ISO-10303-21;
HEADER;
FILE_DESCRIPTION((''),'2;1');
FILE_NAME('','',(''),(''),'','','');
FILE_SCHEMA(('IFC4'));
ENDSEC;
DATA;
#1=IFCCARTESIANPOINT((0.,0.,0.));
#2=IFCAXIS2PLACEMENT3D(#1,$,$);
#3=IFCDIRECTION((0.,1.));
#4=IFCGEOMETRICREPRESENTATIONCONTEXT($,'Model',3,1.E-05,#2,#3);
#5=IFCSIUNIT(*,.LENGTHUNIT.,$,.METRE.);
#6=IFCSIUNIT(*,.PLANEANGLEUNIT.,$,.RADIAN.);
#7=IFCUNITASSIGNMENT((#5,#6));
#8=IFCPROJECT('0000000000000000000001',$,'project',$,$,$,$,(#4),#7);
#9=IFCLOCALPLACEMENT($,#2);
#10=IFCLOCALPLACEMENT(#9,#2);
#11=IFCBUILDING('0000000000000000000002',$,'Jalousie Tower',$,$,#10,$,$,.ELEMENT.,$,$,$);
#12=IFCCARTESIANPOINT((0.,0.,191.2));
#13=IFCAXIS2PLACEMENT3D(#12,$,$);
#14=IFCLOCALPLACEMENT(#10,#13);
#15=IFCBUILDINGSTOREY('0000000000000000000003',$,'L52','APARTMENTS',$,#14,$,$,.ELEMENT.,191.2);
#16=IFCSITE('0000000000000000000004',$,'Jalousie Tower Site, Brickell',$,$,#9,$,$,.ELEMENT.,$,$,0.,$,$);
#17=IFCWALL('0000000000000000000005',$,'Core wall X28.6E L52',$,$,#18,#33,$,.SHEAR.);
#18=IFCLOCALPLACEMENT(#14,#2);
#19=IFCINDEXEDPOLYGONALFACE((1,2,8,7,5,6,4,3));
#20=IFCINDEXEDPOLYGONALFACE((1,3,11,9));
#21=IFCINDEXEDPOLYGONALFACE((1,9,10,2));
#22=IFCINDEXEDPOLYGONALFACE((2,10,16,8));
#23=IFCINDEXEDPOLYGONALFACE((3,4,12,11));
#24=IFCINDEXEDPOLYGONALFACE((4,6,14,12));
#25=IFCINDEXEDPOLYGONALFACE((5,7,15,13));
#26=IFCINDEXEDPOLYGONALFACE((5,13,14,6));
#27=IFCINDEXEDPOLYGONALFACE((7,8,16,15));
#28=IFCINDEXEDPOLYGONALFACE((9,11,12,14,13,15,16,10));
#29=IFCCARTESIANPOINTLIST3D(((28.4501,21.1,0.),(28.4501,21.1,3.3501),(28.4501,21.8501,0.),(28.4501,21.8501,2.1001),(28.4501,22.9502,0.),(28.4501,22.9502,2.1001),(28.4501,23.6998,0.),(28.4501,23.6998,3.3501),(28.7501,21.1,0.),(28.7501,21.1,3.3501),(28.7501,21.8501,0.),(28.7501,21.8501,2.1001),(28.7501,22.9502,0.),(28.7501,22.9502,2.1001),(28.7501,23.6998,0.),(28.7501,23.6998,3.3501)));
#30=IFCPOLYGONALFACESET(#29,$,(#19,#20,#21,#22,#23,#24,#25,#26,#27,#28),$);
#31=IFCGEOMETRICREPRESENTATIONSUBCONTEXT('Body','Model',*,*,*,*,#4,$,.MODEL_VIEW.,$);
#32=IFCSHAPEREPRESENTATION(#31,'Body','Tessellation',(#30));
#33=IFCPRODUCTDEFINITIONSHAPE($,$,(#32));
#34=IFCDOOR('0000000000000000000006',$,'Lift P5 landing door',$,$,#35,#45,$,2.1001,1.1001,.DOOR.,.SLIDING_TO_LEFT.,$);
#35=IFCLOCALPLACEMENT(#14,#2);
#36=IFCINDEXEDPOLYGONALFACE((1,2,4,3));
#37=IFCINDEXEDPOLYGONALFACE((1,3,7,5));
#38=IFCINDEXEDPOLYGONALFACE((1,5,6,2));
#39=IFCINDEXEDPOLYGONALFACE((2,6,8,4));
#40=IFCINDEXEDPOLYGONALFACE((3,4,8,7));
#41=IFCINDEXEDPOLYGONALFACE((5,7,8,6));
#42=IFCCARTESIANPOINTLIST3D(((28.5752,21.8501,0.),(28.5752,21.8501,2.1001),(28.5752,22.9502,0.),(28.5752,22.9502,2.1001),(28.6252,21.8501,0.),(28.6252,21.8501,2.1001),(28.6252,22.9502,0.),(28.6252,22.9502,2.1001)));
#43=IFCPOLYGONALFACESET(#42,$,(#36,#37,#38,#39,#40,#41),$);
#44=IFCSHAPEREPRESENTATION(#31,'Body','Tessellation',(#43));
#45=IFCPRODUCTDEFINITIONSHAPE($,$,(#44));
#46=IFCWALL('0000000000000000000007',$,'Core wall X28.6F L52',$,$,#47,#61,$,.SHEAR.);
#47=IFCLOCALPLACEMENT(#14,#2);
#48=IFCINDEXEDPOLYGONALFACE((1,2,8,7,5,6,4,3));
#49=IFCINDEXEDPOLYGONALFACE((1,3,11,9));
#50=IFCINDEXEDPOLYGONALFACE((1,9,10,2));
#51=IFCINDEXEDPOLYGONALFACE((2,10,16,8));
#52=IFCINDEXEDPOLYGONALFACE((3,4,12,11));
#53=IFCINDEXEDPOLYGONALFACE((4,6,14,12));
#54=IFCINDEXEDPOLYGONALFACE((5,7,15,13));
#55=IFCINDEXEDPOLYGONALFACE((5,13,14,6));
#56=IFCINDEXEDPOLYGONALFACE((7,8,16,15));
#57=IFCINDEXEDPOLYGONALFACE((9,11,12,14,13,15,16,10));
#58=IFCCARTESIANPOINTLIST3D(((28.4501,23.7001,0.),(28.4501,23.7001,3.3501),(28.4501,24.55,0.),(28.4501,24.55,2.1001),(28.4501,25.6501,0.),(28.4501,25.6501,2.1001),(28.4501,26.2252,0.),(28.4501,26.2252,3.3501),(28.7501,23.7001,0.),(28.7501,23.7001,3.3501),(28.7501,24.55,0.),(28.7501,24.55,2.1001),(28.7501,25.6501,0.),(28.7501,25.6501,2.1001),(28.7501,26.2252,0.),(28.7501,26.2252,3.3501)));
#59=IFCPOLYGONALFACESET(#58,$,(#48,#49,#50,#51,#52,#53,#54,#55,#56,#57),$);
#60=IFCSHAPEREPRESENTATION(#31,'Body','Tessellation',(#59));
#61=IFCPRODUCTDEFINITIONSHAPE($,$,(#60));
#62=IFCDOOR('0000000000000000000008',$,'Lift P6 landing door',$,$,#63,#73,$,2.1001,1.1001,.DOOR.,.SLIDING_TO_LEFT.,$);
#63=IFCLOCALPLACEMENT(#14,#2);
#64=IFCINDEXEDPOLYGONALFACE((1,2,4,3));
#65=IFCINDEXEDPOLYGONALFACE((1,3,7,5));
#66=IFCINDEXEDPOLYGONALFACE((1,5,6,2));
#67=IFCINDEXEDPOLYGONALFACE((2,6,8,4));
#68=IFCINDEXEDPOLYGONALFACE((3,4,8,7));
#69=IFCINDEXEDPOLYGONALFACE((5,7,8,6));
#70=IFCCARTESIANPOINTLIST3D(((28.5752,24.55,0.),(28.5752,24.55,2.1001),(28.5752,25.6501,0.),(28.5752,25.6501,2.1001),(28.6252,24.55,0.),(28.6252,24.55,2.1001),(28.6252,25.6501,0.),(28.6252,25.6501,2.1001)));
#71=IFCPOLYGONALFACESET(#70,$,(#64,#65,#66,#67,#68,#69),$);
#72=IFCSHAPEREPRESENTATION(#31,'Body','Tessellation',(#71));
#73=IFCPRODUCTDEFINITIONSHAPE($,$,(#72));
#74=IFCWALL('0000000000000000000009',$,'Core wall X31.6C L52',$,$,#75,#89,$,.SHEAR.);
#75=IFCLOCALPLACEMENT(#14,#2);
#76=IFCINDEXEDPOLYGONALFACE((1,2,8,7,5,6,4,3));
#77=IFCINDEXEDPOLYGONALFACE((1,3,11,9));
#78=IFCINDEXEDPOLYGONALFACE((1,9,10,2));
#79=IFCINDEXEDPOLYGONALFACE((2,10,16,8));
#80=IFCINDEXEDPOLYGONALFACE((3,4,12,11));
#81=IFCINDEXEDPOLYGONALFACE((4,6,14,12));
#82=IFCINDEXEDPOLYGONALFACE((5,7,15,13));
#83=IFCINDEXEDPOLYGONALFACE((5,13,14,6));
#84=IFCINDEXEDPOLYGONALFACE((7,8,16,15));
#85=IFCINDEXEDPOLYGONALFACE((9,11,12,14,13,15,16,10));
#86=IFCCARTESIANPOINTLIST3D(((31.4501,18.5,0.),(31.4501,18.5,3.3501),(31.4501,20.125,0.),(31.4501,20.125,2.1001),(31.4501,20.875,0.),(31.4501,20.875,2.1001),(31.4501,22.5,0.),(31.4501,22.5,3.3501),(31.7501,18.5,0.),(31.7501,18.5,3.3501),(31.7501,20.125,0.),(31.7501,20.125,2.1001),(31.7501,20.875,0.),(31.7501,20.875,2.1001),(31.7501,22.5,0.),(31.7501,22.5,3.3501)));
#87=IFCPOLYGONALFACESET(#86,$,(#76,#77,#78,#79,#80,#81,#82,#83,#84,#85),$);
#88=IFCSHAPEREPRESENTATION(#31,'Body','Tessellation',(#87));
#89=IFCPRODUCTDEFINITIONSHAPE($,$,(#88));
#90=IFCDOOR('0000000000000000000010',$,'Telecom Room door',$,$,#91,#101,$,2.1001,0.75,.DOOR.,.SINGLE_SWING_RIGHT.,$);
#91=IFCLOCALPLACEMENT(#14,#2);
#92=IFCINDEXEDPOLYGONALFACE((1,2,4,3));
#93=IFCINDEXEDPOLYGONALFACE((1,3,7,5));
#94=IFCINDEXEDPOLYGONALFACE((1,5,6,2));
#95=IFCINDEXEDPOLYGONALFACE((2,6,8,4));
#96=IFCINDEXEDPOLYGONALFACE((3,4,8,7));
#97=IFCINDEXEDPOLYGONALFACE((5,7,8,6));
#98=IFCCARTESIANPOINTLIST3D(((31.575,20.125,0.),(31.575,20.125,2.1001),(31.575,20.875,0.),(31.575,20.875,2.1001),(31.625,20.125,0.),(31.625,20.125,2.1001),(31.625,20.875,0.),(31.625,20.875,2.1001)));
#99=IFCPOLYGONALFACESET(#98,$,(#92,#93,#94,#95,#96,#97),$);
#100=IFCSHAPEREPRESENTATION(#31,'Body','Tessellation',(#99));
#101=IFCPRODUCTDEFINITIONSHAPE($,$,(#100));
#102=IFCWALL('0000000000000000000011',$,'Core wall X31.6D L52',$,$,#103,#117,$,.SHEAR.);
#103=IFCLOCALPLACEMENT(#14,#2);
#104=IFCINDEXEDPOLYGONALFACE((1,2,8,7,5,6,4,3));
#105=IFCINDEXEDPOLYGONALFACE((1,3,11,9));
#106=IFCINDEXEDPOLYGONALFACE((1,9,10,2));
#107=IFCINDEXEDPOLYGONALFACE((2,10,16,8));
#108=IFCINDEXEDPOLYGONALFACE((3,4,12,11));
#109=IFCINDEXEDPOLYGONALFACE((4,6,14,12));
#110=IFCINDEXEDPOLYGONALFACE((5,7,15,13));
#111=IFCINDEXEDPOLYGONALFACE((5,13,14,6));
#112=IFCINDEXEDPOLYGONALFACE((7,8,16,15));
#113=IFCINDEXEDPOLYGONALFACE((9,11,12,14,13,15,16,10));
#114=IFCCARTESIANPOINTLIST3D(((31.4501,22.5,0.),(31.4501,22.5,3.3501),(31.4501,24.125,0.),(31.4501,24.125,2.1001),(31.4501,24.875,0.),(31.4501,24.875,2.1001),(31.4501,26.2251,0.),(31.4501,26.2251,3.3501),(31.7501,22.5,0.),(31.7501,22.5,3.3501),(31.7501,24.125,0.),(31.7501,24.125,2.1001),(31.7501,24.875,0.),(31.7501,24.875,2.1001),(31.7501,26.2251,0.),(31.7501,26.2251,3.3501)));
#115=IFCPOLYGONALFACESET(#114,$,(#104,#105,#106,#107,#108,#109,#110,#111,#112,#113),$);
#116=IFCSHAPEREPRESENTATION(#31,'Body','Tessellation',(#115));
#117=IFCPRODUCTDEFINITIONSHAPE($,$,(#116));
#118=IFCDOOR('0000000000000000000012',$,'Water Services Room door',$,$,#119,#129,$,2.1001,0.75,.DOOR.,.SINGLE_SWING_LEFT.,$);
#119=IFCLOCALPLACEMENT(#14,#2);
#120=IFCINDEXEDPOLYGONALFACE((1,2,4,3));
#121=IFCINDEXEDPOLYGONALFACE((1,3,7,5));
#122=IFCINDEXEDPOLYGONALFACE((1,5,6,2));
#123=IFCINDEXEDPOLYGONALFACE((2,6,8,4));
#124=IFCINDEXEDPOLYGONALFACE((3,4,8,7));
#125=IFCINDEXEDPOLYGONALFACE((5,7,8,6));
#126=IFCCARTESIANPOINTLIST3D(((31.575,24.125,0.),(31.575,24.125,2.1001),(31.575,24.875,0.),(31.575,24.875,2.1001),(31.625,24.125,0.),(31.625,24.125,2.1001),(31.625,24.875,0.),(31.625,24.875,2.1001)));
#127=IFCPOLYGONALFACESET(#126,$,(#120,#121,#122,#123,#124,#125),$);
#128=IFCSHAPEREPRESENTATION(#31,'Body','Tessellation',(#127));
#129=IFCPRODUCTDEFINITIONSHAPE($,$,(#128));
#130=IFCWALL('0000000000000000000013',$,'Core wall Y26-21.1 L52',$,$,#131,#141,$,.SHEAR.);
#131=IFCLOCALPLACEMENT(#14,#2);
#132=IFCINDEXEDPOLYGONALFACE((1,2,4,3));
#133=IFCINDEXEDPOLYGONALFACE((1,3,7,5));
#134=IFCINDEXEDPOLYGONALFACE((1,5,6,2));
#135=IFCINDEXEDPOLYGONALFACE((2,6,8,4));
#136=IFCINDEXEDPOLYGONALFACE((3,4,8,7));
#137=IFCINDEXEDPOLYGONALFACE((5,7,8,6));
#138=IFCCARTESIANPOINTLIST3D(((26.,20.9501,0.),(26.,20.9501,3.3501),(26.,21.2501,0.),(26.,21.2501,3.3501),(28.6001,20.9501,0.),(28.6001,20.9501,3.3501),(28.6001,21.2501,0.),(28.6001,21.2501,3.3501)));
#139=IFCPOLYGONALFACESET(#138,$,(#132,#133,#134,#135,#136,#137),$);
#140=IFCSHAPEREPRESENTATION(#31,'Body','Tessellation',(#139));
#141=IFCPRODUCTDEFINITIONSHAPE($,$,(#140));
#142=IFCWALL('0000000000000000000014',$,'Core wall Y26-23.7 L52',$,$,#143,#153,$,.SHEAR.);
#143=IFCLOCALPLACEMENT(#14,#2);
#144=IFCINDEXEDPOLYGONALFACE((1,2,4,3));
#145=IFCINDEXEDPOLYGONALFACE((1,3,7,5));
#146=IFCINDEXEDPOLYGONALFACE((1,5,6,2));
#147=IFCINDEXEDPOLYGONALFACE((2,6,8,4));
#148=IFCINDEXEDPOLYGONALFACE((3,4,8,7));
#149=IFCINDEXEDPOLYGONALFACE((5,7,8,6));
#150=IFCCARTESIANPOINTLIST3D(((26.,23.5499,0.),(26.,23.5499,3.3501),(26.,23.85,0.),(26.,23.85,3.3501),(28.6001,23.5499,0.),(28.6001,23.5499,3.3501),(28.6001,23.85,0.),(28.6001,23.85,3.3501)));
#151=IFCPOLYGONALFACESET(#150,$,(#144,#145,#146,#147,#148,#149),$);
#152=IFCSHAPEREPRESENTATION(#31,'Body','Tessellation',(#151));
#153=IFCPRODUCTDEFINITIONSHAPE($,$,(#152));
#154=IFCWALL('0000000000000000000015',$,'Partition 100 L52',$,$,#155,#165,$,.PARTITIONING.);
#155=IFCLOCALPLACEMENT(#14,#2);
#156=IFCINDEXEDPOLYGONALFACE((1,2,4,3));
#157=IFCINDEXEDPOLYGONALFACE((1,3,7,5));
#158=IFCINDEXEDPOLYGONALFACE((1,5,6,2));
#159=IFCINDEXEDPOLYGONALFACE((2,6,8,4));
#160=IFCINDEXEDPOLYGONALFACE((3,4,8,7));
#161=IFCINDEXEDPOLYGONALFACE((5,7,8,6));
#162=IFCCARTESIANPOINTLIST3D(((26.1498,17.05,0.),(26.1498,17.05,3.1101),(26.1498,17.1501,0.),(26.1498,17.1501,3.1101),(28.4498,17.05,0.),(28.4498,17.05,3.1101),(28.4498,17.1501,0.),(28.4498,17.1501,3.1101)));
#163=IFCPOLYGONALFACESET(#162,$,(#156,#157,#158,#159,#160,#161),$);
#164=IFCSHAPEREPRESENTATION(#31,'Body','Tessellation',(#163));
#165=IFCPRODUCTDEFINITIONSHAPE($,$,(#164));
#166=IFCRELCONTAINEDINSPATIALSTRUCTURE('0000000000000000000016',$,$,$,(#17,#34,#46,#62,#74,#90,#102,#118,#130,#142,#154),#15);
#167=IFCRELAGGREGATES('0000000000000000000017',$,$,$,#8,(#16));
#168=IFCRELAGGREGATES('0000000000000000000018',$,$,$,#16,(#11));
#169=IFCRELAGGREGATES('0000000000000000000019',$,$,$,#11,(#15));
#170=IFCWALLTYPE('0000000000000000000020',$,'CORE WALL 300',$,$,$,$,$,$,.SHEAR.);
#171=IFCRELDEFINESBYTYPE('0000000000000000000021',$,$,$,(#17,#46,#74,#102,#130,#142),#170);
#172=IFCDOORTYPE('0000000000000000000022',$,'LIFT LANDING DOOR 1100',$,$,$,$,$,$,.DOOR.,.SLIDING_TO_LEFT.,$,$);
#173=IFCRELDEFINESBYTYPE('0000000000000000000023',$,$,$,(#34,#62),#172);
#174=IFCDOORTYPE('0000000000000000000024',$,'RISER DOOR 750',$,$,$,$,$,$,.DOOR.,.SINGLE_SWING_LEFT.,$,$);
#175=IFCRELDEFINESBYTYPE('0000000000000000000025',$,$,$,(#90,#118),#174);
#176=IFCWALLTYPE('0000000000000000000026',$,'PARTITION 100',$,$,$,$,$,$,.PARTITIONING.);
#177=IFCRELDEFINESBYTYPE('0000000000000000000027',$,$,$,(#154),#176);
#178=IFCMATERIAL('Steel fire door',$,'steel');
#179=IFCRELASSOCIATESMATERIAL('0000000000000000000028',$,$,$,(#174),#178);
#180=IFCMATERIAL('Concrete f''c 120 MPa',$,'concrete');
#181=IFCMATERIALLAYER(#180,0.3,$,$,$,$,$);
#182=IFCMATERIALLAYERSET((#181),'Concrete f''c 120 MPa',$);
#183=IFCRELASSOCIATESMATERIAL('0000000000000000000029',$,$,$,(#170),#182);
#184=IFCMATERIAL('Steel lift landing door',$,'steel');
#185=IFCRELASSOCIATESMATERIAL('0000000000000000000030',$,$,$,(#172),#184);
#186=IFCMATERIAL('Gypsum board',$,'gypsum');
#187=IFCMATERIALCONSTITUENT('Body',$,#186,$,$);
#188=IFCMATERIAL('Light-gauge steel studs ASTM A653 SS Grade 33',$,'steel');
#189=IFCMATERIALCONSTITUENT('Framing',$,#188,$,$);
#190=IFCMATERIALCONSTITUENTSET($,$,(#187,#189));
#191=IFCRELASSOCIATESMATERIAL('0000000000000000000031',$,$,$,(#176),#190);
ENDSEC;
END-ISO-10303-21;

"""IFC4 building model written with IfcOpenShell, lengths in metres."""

from ifc_helpers import new_model, si_unit, direction, frame, frame_2d, origin, place, context, subcontext, project, spatial, rectangle, extrude, material, layer, layer_set, constituent, constituent_set, type_object, element, fill, save


model = new_model("IFC4")

# Units and contexts
model_context = context("Model", 3, precision=1e-05, world=origin(), true_north=direction((0.0, 1.0)))
body_context = subcontext(model_context, "Body", "Model", "MODEL_VIEW")
ifc_project = project(units=[si_unit("LENGTHUNIT", "METRE"), si_unit("PLANEANGLEUNIT", "RADIAN")], contexts=[model_context])

# Site, building, storey
site_placement = place(None, origin())
site = spatial("IfcSite", under=ifc_project, at=site_placement, Name="Jalousie Tower Site, Brickell", CompositionType="ELEMENT", RefElevation=0.0)
building_placement = place(site_placement, origin())
building = spatial("IfcBuilding", under=site, at=building_placement, Name="Jalousie Tower", CompositionType="ELEMENT")
storey_placement = place(building_placement, frame((0.0, 0.0, 191.2)))
storey = spatial("IfcBuildingStorey", under=building, at=storey_placement, Name="L52", Description="APARTMENTS", CompositionType="ELEMENT", Elevation=191.2)

# Shared definitions
ifc_material_1 = material(Name="Steel fire door", Category="steel")
door_type_1 = type_object("IfcDoorType", Name="RISER DOOR 750", OperationType="SINGLE_SWING_LEFT", PredefinedType="DOOR", material=ifc_material_1)

# Shared definitions
ifc_material_2 = material(Name="Concrete f'c 120 MPa", Category="concrete")
ifc_layer_1 = layer(ifc_material_2, 0.3)
ifc_layer_set_1 = layer_set([ifc_layer_1], Name="Concrete f'c 120 MPa")
wall_type_1 = type_object("IfcWallType", Name="CORE WALL 300", PredefinedType="SHEAR", material=ifc_layer_set_1)

# Walls, openings, doors
ifc_material_3 = material(Name="Steel lift landing door", Category="steel")
door_type_2 = type_object("IfcDoorType", Name="LIFT LANDING DOOR 1100", OperationType="SLIDING_TO_LEFT", PredefinedType="DOOR", material=ifc_material_3)
wall_1_placement = place(storey_placement, frame((28.6001, 21.1001, 0.0), z_axis=(0.0, 0.0, 1.0), x_axis=(0.0, 1.0, 0.0)))
wall_1 = element("IfcWall", 1, at=wall_1_placement, inside=storey, type_object=wall_type_1, Name="Core wall X28.6E L52", PredefinedType="SHEAR", context=body_context, shape_type="SweptSolid", body=[
    extrude(rectangle(XDim=2.5999, YDim=0.3, at=frame_2d((1.2998, 0.0))), origin(), (0.0, 0.0, 1.0), 3.3501),
])
opening_1_placement = place(wall_1_placement, frame((0.75, 0.0, 0.0)))
opening_1 = element("IfcOpeningElement", 2, at=opening_1_placement, cuts=wall_1, PredefinedType="OPENING", context=body_context, shape_type="SweptSolid", body=[
    extrude(rectangle(XDim=1.1001, YDim=2.1001, at=frame_2d((0.55, 1.05))), frame((0.0, 0.1599, 0.0), z_axis=(0.0, -1.0, 0.0), x_axis=(1.0, 0.0, 0.0)), (0.0, 0.0, 1.0), 0.3201),
])
door_1_placement = place(opening_1_placement, origin())
door_1 = element("IfcDoor", 3, at=door_1_placement, inside=storey, type_object=door_type_2, Name="Lift P5 landing door", OperationType="SLIDING_TO_LEFT", OverallHeight=2.1001, OverallWidth=1.1001, PredefinedType="DOOR", context=body_context, shape_type="SweptSolid", body=[
    extrude(rectangle(XDim=1.1001, YDim=2.1001, at=frame_2d((0.55, 1.05))), frame((0.0, 0.0249, 0.0), z_axis=(0.0, -1.0, 0.0), x_axis=(1.0, 0.0, 0.0)), (0.0, 0.0, 1.0), 0.05),
])
fill(opening_1, door_1)
wall_2_placement = place(storey_placement, frame((28.6001, 23.7, 0.0), z_axis=(0.0, 0.0, 1.0), x_axis=(0.0, 1.0, 0.0)))
wall_2 = element("IfcWall", 4, at=wall_2_placement, inside=storey, type_object=wall_type_1, Name="Core wall X28.6F L52", PredefinedType="SHEAR", context=body_context, shape_type="SweptSolid", body=[
    extrude(rectangle(XDim=2.5251, YDim=0.3, at=frame_2d((1.2627, 0.0))), origin(), (0.0, 0.0, 1.0), 3.3501),
])
opening_2_placement = place(wall_2_placement, frame((0.8501, 0.0, 0.0)))
opening_2 = element("IfcOpeningElement", 5, at=opening_2_placement, cuts=wall_2, PredefinedType="OPENING", context=body_context, shape_type="SweptSolid", body=[
    extrude(rectangle(XDim=1.1001, YDim=2.1001, at=frame_2d((0.55, 1.05))), frame((0.0, 0.1599, 0.0), z_axis=(0.0, -1.0, 0.0), x_axis=(1.0, 0.0, 0.0)), (0.0, 0.0, 1.0), 0.3201),
])
door_2_placement = place(opening_2_placement, origin())
door_2 = element("IfcDoor", 6, at=door_2_placement, inside=storey, type_object=door_type_2, Name="Lift P6 landing door", OperationType="SLIDING_TO_LEFT", OverallHeight=2.1001, OverallWidth=1.1001, PredefinedType="DOOR", context=body_context, shape_type="SweptSolid", body=[
    extrude(rectangle(XDim=1.1001, YDim=2.1001, at=frame_2d((0.55, 1.05))), frame((0.0, 0.0249, 0.0), z_axis=(0.0, -1.0, 0.0), x_axis=(1.0, 0.0, 0.0)), (0.0, 0.0, 1.0), 0.05),
])
fill(opening_2, door_2)
wall_3_placement = place(storey_placement, frame((31.6001, 18.5, 0.0), z_axis=(0.0, 0.0, 1.0), x_axis=(0.0, 1.0, 0.0)))
wall_3 = element("IfcWall", 7, at=wall_3_placement, inside=storey, type_object=wall_type_1, Name="Core wall X31.6C L52", PredefinedType="SHEAR", context=body_context, shape_type="SweptSolid", body=[
    extrude(rectangle(XDim=4.0, YDim=0.3, at=frame_2d((2.0, 0.0))), origin(), (0.0, 0.0, 1.0), 3.3501),
])
opening_3_placement = place(wall_3_placement, frame((1.625, 0.0, 0.0)))
opening_3 = element("IfcOpeningElement", 8, at=opening_3_placement, cuts=wall_3, PredefinedType="OPENING", context=body_context, shape_type="SweptSolid", body=[
    extrude(rectangle(XDim=0.75, YDim=2.1001, at=frame_2d((0.375, 1.05))), frame((0.0, 0.1599, 0.0), z_axis=(0.0, -1.0, 0.0), x_axis=(1.0, 0.0, 0.0)), (0.0, 0.0, 1.0), 0.3201),
])
door_3_placement = place(opening_3_placement, frame((0.75, 0.0, 0.0), z_axis=(0.0, 0.0, 1.0), x_axis=(-1.0, 0.0, 0.0)))
door_3 = element("IfcDoor", 9, at=door_3_placement, inside=storey, type_object=door_type_1, Name="Telecom Room door", OperationType="SINGLE_SWING_RIGHT", OverallHeight=2.1001, OverallWidth=0.75, PredefinedType="DOOR", context=body_context, shape_type="SweptSolid", body=[
    extrude(rectangle(XDim=0.75, YDim=2.1001, at=frame_2d((0.375, 1.05))), frame((0.0, 0.0249, 0.0), z_axis=(0.0, -1.0, 0.0), x_axis=(1.0, 0.0, 0.0)), (0.0, 0.0, 1.0), 0.05),
])
fill(opening_3, door_3)
wall_4_placement = place(storey_placement, frame((31.6001, 22.5, 0.0), z_axis=(0.0, 0.0, 1.0), x_axis=(0.0, 1.0, 0.0)))
wall_4 = element("IfcWall", 10, at=wall_4_placement, inside=storey, type_object=wall_type_1, Name="Core wall X31.6D L52", PredefinedType="SHEAR", context=body_context, shape_type="SweptSolid", body=[
    extrude(rectangle(XDim=3.7251, YDim=0.3, at=frame_2d((1.8625, 0.0))), origin(), (0.0, 0.0, 1.0), 3.3501),
])
opening_4_placement = place(wall_4_placement, frame((1.625, 0.0, 0.0)))
opening_4 = element("IfcOpeningElement", 11, at=opening_4_placement, cuts=wall_4, PredefinedType="OPENING", context=body_context, shape_type="SweptSolid", body=[
    extrude(rectangle(XDim=0.75, YDim=2.1001, at=frame_2d((0.375, 1.05))), frame((0.0, 0.1599, 0.0), z_axis=(0.0, -1.0, 0.0), x_axis=(1.0, 0.0, 0.0)), (0.0, 0.0, 1.0), 0.3201),
])
door_4_placement = place(opening_4_placement, frame((0.75, 0.0, 0.0), z_axis=(0.0, 0.0, 1.0), x_axis=(-1.0, 0.0, 0.0)))
door_4 = element("IfcDoor", 12, at=door_4_placement, inside=storey, type_object=door_type_1, Name="Water Services Room door", OperationType="SINGLE_SWING_LEFT", OverallHeight=2.1001, OverallWidth=0.75, PredefinedType="DOOR", context=body_context, shape_type="SweptSolid", body=[
    extrude(rectangle(XDim=0.75, YDim=2.1001, at=frame_2d((0.375, 1.05))), frame((0.0, 0.0249, 0.0), z_axis=(0.0, -1.0, 0.0), x_axis=(1.0, 0.0, 0.0)), (0.0, 0.0, 1.0), 0.05),
])
fill(opening_4, door_4)

# Walls
for number, where, z_axis, x_axis, name in (
    (13, (26.0, 21.1001, 0.0), (0.0, 0.0, 1.0), (1.0, 0.0, 0.0), "Core wall Y26-21.1 L52"),
    (14, (26.0, 23.7, 0.0), (0.0, 0.0, 1.0), (1.0, 0.0, 0.0), "Core wall Y26-23.7 L52"),
):
    element("IfcWall", number, at=place(storey_placement, frame(where, z_axis=z_axis, x_axis=x_axis)), inside=storey, type_object=wall_type_1, Name=name, PredefinedType="SHEAR", context=body_context, shape_type="SweptSolid", body=[
        extrude(rectangle(XDim=2.6001, YDim=0.3, at=frame_2d((1.3, 0.0))), origin(), (0.0, 0.0, 1.0), 3.3501),
    ])
ifc_material_4 = material(Name="Gypsum board", Category="gypsum")
ifc_constituent_1 = constituent(ifc_material_4, Name="Body")
ifc_material_5 = material(Name="Light-gauge steel studs ASTM A653 SS Grade 33", Category="steel")
ifc_constituent_2 = constituent(ifc_material_5, Name="Framing")
ifc_constituent_set = constituent_set(constituents=[ifc_constituent_1, ifc_constituent_2])
wall_type_2 = type_object("IfcWallType", Name="PARTITION 100", PredefinedType="PARTITIONING", material=ifc_constituent_set)
wall_5_placement = place(storey_placement, frame((26.1499, 17.1001, 0.0), z_axis=(0.0, 0.0, 1.0), x_axis=(1.0, 0.0, 0.0)))
element("IfcWall", 15, at=wall_5_placement, inside=storey, type_object=wall_type_2, Name="Partition 100 L52", PredefinedType="PARTITIONING", context=body_context, shape_type="SweptSolid", body=[
    extrude(rectangle(XDim=2.3, YDim=0.1001, at=frame_2d((1.1499, 0.0))), origin(), (0.0, 0.0, 1.0), 3.1101),
])

save(model, "model.ifc")
